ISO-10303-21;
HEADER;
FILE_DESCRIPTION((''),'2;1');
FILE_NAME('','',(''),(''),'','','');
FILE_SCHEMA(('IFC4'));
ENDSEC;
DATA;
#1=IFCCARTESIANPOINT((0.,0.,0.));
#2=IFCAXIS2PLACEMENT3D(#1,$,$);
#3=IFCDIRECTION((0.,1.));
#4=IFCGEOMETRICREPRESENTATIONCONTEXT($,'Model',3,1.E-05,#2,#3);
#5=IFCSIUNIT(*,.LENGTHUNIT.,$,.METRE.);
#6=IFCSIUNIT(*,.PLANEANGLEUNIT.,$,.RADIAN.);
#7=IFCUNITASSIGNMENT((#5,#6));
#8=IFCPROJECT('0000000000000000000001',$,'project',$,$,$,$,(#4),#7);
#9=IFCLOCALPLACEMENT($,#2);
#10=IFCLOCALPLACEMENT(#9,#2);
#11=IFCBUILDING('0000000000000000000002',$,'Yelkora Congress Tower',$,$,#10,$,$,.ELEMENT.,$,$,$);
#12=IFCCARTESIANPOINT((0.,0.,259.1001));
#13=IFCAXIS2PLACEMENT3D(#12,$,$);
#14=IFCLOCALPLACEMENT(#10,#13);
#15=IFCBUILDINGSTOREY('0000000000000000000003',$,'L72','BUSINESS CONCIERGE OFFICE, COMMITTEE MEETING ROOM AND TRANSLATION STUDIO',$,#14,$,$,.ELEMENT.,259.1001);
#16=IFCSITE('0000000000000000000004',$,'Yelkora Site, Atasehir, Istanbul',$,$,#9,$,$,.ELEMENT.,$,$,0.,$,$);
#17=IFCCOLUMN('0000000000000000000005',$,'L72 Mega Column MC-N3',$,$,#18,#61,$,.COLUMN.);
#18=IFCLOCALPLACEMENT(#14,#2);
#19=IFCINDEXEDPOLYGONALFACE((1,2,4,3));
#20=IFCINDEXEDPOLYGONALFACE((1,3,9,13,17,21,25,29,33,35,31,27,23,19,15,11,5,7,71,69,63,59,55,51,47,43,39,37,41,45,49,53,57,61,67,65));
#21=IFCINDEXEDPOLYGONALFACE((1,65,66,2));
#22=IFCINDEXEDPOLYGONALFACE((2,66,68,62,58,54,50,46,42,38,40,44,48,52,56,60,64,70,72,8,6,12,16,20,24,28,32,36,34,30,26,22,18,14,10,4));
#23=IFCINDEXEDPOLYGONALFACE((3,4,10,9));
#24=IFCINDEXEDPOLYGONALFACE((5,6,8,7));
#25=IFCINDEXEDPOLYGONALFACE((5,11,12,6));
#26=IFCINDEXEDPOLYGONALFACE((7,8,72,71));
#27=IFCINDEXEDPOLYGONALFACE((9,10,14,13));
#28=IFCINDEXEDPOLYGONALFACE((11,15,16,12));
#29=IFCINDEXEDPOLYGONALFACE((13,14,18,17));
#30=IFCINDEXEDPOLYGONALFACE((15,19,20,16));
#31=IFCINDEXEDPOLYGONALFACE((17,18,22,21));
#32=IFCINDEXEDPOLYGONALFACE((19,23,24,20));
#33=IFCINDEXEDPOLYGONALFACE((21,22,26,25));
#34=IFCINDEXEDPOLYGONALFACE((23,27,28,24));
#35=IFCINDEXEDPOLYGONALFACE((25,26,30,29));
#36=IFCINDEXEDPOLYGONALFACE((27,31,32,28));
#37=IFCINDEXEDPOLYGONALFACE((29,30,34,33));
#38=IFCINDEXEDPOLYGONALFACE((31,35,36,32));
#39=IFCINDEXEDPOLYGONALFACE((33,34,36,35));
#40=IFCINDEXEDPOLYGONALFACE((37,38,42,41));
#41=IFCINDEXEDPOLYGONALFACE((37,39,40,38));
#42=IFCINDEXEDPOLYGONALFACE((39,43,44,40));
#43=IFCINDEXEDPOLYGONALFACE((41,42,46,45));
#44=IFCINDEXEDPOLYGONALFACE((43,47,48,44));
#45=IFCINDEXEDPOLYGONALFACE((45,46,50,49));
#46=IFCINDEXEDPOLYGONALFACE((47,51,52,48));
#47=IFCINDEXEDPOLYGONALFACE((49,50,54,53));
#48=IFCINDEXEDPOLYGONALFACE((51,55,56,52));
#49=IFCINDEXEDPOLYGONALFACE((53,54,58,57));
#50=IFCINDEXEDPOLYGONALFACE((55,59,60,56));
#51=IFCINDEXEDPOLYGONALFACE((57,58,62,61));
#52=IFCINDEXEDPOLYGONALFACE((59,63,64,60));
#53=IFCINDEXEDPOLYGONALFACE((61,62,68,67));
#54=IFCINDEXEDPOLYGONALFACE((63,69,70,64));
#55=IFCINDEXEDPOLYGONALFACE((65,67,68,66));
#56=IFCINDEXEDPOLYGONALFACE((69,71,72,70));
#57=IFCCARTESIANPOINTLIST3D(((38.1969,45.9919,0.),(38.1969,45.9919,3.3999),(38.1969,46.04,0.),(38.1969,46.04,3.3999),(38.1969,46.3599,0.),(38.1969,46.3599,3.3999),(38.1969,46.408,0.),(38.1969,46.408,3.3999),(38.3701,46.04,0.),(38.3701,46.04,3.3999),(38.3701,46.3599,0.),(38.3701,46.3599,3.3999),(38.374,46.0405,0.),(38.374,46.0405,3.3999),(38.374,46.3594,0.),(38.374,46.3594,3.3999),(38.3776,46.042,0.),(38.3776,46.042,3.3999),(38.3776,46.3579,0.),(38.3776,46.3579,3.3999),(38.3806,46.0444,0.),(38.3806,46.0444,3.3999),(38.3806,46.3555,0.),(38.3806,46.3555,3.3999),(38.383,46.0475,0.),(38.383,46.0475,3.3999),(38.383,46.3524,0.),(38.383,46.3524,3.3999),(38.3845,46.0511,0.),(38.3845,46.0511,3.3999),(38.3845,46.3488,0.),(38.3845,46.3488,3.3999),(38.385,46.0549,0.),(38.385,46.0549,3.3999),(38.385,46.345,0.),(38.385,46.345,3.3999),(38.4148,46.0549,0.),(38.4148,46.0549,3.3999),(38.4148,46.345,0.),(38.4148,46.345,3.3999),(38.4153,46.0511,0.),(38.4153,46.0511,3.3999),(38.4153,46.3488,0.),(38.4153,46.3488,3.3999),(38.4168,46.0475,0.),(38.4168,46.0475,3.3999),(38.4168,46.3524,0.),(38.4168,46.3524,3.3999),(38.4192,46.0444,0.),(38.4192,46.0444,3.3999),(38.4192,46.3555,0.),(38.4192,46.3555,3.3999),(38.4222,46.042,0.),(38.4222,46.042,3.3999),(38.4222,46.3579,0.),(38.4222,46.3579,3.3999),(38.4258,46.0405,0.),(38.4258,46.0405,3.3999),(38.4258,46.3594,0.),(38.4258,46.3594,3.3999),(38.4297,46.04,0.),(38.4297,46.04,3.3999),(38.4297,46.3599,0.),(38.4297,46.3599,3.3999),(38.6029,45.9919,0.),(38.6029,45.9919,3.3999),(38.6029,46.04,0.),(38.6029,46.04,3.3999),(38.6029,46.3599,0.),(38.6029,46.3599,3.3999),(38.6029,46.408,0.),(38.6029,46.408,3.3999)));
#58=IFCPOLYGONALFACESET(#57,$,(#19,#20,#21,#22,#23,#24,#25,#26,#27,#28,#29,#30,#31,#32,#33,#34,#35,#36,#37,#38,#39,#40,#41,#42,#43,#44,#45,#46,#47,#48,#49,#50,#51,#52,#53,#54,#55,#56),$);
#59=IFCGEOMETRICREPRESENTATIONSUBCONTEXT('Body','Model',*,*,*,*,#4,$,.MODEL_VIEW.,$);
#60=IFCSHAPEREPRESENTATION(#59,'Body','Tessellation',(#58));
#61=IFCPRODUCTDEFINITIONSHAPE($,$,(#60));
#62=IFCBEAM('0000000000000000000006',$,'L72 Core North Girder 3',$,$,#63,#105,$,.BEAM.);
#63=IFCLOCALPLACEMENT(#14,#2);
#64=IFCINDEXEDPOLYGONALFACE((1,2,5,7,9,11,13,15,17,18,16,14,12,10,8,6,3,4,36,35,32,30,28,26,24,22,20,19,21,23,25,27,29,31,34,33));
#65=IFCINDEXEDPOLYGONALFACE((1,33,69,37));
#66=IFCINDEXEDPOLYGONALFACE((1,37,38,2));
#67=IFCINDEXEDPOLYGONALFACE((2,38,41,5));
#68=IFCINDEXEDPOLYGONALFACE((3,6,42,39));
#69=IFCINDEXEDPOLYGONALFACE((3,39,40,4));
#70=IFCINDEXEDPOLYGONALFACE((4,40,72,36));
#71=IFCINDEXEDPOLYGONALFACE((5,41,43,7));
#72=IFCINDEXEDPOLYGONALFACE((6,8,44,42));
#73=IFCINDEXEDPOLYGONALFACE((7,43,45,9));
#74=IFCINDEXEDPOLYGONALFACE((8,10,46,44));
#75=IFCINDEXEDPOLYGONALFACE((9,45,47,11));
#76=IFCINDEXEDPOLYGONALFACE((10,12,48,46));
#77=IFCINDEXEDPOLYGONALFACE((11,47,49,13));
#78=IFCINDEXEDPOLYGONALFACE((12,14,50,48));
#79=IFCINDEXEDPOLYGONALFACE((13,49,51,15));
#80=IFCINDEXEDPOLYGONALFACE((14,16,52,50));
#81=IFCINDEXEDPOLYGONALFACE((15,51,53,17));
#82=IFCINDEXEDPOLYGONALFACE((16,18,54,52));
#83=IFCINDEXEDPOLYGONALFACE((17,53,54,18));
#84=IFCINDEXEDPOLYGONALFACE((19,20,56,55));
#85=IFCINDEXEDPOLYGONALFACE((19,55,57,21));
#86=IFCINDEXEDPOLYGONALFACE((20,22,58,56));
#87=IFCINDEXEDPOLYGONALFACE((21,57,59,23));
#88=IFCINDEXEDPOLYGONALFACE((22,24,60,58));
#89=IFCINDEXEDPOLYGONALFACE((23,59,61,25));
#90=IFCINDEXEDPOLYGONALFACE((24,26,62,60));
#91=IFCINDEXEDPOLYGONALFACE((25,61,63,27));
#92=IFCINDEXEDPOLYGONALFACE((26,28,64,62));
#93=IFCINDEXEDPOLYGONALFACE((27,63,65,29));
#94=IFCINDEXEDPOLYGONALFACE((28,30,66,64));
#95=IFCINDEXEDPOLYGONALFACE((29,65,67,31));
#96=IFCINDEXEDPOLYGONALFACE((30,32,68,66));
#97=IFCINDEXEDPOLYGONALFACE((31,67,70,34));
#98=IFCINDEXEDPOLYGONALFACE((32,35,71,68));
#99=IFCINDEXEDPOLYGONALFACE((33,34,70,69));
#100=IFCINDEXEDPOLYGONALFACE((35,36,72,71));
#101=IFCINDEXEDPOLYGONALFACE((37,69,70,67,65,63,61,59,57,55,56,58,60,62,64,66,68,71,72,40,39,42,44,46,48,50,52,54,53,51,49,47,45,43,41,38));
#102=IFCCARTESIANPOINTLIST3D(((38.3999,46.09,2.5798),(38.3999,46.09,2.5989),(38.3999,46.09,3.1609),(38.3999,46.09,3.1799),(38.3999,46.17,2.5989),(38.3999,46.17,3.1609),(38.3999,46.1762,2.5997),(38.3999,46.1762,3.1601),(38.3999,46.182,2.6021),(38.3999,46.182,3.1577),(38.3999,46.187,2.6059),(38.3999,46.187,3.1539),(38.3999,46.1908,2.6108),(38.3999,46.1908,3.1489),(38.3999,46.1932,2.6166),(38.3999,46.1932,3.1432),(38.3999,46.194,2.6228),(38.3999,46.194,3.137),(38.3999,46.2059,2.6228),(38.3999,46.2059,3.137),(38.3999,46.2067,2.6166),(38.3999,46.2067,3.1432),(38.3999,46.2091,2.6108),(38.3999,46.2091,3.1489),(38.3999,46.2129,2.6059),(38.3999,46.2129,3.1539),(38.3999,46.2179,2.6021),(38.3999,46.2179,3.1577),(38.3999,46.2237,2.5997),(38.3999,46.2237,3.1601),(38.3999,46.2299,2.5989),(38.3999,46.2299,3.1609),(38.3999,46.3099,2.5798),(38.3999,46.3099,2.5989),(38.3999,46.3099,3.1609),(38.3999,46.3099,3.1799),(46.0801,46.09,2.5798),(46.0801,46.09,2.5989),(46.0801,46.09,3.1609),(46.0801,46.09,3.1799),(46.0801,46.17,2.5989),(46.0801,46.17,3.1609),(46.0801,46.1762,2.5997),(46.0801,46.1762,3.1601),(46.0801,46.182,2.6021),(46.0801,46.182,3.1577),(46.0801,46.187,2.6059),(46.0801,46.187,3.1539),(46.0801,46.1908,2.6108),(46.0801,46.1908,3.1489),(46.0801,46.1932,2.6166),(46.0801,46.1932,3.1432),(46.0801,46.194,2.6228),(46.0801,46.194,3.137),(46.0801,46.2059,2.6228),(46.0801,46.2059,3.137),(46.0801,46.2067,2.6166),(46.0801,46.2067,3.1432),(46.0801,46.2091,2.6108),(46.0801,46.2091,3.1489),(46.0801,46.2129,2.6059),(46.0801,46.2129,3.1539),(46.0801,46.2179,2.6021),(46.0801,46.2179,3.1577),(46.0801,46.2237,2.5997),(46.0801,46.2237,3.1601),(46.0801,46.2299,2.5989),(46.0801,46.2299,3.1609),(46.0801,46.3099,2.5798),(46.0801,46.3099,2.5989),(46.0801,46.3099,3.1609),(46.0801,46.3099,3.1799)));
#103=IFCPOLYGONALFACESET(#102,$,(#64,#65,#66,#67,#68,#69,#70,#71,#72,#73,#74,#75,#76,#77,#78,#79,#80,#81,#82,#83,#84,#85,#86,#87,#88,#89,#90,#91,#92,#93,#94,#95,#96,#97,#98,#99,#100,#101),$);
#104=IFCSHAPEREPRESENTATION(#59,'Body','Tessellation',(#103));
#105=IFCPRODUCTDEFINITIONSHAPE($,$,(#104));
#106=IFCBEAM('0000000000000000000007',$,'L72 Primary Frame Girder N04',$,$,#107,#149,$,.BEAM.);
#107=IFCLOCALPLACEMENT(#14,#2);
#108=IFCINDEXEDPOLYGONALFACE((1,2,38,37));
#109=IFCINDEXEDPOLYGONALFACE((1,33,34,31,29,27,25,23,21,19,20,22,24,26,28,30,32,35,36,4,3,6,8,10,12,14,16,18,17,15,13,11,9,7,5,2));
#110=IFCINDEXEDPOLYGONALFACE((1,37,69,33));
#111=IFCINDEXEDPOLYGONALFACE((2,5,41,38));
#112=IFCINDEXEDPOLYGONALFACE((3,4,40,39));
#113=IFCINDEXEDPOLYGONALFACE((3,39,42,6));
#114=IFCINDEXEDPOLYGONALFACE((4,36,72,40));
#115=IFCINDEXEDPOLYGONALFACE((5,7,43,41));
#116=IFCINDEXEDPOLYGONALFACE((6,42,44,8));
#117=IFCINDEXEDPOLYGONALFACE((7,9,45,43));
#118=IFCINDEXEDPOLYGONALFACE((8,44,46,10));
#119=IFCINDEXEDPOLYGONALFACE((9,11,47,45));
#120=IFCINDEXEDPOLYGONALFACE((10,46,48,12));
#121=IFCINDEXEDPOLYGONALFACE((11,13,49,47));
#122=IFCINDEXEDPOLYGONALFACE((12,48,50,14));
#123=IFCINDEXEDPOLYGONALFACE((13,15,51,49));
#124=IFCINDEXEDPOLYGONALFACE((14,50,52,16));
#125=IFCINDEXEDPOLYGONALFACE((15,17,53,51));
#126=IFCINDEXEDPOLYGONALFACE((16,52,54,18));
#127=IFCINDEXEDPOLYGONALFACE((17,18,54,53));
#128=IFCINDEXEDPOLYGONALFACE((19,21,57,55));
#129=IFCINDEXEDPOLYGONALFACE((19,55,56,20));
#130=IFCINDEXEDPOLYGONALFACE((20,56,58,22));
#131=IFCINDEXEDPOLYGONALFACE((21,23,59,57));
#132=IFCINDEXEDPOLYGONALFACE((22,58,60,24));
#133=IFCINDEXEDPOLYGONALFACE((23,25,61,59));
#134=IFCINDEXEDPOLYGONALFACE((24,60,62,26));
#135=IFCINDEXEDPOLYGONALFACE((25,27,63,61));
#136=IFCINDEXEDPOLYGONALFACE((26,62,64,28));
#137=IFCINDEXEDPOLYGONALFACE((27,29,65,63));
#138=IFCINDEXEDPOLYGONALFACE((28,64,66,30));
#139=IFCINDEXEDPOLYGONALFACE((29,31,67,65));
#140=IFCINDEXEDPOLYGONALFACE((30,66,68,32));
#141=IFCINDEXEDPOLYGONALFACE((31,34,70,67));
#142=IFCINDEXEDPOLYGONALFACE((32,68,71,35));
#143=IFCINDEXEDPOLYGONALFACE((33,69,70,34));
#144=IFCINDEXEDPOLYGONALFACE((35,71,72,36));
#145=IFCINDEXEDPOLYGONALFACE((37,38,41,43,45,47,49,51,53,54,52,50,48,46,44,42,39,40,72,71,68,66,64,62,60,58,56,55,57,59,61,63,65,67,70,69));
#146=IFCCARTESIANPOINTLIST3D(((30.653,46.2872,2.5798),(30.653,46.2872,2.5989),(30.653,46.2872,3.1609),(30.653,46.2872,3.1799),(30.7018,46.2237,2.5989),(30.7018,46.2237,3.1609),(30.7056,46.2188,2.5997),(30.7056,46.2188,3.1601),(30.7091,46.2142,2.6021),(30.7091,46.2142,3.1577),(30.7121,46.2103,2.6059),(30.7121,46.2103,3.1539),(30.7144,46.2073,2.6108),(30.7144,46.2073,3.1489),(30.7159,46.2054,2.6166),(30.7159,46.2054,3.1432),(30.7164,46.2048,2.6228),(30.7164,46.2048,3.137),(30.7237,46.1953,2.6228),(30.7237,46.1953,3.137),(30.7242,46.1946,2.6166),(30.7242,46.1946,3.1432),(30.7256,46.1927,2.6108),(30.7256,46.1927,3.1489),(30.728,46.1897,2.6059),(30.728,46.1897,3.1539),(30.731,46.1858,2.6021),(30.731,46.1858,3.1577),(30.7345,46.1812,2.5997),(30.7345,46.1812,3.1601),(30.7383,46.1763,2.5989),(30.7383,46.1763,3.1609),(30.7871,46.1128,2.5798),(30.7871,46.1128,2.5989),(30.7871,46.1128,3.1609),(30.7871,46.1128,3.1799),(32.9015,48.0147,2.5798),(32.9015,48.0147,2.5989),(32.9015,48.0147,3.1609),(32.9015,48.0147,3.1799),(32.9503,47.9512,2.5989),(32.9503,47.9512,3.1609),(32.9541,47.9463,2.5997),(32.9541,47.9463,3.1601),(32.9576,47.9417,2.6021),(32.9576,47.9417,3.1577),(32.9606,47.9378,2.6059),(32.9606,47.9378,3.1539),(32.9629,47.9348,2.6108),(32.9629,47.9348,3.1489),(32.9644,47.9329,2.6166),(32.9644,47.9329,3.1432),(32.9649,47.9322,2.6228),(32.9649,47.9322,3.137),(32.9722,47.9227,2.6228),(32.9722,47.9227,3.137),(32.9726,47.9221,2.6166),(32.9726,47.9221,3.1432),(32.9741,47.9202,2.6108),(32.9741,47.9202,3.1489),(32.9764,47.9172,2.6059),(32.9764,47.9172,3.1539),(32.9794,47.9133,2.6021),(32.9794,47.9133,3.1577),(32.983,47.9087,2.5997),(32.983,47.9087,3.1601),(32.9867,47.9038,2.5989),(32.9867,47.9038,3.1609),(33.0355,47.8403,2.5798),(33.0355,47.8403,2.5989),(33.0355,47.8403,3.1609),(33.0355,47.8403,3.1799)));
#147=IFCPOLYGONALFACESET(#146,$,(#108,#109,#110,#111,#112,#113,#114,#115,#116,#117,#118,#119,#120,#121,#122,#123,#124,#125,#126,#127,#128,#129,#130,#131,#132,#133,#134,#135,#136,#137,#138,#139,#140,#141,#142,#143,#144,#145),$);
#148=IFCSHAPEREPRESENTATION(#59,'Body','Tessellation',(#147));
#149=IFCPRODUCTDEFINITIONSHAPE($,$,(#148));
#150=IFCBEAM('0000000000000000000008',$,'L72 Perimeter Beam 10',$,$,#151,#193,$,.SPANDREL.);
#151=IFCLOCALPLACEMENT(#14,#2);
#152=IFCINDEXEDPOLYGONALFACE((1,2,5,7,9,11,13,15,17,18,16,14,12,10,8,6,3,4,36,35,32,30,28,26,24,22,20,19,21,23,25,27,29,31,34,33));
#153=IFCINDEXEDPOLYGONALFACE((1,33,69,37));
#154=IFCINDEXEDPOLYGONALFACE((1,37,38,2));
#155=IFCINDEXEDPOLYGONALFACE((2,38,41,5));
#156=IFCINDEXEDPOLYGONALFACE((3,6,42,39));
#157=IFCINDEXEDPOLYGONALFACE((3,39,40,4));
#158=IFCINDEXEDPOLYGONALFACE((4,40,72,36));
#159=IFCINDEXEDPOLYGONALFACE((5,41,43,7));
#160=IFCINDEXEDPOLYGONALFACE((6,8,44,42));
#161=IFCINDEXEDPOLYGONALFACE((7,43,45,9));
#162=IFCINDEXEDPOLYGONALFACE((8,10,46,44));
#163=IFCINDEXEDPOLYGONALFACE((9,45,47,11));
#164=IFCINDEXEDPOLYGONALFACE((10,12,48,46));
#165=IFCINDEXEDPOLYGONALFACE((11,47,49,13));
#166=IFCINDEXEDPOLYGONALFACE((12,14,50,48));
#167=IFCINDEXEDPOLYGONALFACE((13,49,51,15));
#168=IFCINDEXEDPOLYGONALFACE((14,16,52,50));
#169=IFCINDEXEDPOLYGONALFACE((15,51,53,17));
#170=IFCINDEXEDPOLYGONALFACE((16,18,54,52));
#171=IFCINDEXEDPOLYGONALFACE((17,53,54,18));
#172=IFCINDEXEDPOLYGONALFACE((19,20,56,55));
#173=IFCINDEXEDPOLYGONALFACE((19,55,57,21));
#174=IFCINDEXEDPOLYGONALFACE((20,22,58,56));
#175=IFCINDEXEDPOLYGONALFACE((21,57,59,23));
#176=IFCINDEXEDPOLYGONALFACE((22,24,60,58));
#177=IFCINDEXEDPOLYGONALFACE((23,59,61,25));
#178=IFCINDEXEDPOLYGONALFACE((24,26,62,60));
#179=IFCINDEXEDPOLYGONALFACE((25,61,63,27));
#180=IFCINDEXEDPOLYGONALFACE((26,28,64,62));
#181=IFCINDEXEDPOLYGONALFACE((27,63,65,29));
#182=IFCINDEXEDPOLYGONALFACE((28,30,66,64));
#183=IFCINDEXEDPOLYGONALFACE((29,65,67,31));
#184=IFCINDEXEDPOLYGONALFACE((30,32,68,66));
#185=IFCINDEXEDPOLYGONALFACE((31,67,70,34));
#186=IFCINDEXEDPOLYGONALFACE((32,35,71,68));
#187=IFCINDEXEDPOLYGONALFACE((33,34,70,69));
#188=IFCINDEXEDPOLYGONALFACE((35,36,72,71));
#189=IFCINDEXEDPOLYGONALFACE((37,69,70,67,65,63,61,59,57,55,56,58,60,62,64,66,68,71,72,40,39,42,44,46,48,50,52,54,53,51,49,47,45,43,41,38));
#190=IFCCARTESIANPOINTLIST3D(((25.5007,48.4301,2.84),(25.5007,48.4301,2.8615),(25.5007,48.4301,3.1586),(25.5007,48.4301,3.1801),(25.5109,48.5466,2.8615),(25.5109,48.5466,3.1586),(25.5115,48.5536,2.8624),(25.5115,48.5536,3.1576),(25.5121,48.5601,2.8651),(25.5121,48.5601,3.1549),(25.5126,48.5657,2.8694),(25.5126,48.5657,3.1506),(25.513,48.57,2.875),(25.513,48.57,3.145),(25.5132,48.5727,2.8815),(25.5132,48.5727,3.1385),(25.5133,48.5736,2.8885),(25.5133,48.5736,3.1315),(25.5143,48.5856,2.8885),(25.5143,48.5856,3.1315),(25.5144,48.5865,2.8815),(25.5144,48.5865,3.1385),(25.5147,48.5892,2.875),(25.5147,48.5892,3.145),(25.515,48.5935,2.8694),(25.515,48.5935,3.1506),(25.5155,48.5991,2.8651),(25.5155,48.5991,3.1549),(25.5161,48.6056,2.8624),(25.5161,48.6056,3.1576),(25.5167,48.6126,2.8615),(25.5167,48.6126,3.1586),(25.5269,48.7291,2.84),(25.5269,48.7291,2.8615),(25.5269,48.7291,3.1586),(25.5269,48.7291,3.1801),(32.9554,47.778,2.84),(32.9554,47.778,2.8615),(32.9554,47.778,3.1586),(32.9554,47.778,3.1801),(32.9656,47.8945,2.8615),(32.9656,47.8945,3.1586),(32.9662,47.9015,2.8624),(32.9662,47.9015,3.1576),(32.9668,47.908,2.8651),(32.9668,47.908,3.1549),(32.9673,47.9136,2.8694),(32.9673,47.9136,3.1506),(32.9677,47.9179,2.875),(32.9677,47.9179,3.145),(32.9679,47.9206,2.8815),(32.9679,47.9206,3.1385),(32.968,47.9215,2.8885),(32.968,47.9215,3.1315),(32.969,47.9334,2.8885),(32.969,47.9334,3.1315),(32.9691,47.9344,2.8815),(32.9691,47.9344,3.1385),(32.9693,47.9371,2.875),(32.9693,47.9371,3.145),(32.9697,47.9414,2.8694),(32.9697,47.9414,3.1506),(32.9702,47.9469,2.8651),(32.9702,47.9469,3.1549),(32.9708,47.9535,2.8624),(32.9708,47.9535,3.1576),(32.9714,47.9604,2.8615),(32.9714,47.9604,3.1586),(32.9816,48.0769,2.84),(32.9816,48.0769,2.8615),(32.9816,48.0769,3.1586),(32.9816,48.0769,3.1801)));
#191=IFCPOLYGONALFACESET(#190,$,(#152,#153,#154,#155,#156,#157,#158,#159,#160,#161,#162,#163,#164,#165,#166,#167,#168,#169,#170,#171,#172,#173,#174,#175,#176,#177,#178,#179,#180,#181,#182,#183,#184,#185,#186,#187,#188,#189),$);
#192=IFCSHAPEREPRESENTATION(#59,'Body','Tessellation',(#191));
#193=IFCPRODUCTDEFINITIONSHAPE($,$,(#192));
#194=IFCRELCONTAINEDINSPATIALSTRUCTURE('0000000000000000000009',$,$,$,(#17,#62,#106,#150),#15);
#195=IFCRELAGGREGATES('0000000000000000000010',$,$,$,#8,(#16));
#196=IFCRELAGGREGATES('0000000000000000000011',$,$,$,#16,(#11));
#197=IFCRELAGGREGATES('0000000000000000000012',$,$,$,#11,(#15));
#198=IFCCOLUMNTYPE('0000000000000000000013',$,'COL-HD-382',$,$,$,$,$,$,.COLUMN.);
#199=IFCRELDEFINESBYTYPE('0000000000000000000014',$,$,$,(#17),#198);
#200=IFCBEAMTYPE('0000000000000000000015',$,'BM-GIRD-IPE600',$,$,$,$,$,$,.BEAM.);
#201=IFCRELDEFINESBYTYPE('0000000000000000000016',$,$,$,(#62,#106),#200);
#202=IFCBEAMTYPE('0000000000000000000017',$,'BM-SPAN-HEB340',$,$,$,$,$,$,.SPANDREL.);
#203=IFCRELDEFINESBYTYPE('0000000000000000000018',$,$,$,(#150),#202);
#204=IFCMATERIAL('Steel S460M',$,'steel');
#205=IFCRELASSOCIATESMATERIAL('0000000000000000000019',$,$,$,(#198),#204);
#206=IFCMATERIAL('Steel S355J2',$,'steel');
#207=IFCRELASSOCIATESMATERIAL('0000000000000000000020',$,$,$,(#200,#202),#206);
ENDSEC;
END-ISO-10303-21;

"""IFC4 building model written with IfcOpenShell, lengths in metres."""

from ifc_helpers import new_model, si_unit, direction, frame, origin, origin_2d, place, context, subcontext, project, spatial, i_section, extrude, material, material_profile, profile_set, type_object, element, save


model = new_model("IFC4")

# Units and contexts
model_context = context("Model", 3, precision=1e-05, world=origin(), true_north=direction((0.0, 1.0)))
body_context = subcontext(model_context, "Body", "Model", "MODEL_VIEW")
ifc_project = project(units=[si_unit("LENGTHUNIT", "METRE"), si_unit("PLANEANGLEUNIT", "RADIAN")], contexts=[model_context])

# Site, building, storey
site_placement = place(None, origin())
site = spatial("IfcSite", under=ifc_project, at=site_placement, Name="Yelkora Site, Atasehir, Istanbul", CompositionType="ELEMENT", RefElevation=0.0)
building_placement = place(site_placement, origin())
building = spatial("IfcBuilding", under=site, at=building_placement, Name="Yelkora Congress Tower", CompositionType="ELEMENT")
storey_placement = place(building_placement, frame((0.0, 0.0, 259.1001)))
storey = spatial("IfcBuildingStorey", under=building, at=storey_placement, Name="L72", Description="BUSINESS CONCIERGE OFFICE, COMMITTEE MEETING ROOM AND TRANSLATION STUDIO", CompositionType="ELEMENT", Elevation=259.1001)

# Column
ifc_material_1 = material(Name="Steel S460M", Category="steel")
ifc_material_profile_1 = material_profile(ifc_material_1, i_section(OverallWidth=0.406, OverallDepth=0.416, WebThickness=0.0298, FlangeThickness=0.0481, FilletRadius=0.0149, at=origin_2d()), Name="HD 400x382")
ifc_profile_set_1 = profile_set([ifc_material_profile_1], Name="Steel S460M")
column_type = type_object("IfcColumnType", Name="COL-HD-382", PredefinedType="COLUMN", material=ifc_profile_set_1)
column_placement = place(storey_placement, frame((38.3999, 46.2, 0.0), z_axis=(0.0, 0.0, 1.0), x_axis=(1.0, 0.0, 0.0)))
element("IfcColumn", 1, at=column_placement, inside=storey, type_object=column_type, Name="L72 Mega Column MC-N3", PredefinedType="COLUMN", context=body_context, shape_type="SweptSolid", body=[
    extrude(i_section(OverallWidth=0.406, OverallDepth=0.416, WebThickness=0.0298, FlangeThickness=0.0481, FilletRadius=0.0149, at=origin_2d()), origin(), (0.0, 0.0, 1.0), 3.3999),
])

# Beams
ifc_material_2 = material(Name="Steel S355J2", Category="steel")
ifc_material_profile_2 = material_profile(ifc_material_2, i_section(OverallWidth=0.22, OverallDepth=0.6001, WebThickness=0.012, FlangeThickness=0.019, FilletRadius=0.0239, at=origin_2d()), Name="IPE 600")
ifc_profile_set_2 = profile_set([ifc_material_profile_2], Name="Steel S355J2")
beam_type_1 = type_object("IfcBeamType", Name="BM-GIRD-IPE600", PredefinedType="BEAM", material=ifc_profile_set_2)
beam_1_placement = place(storey_placement, frame((38.3999, 46.2, 2.8799), z_axis=(1.0, 0.0, 0.0), x_axis=(0.0, 1.0, 0.0)))
element("IfcBeam", 2, at=beam_1_placement, inside=storey, type_object=beam_type_1, Name="L72 Core North Girder 3", PredefinedType="BEAM", context=body_context, shape_type="SweptSolid", body=[
    extrude(i_section(OverallWidth=0.22, OverallDepth=0.6001, WebThickness=0.012, FlangeThickness=0.019, FilletRadius=0.0239, at=origin_2d()), origin(), (0.0, 0.0, 1.0), 7.6802),
])
beam_2_placement = place(storey_placement, frame((32.9685, 47.9275, 2.8799), z_axis=(-0.792982, -0.609245, 0.0), x_axis=(0.609245, -0.792982, 0.0)))
element("IfcBeam", 3, at=beam_2_placement, inside=storey, type_object=beam_type_1, Name="L72 Primary Frame Girder N04", PredefinedType="BEAM", context=body_context, shape_type="SweptSolid", body=[
    extrude(i_section(OverallWidth=0.22, OverallDepth=0.6001, WebThickness=0.012, FlangeThickness=0.019, FilletRadius=0.0239, at=origin_2d()), origin(), (0.0, 0.0, 1.0), 2.8354),
])
ifc_material_profile_3 = material_profile(ifc_material_2, i_section(OverallWidth=0.3, OverallDepth=0.3401, WebThickness=0.012, FlangeThickness=0.0215, FilletRadius=0.0271, at=origin_2d()), Name="HEB 340")
ifc_profile_set_3 = profile_set([ifc_material_profile_3], Name="Steel S355J2")
beam_type_2 = type_object("IfcBeamType", Name="BM-SPAN-HEB340", PredefinedType="SPANDREL", material=ifc_profile_set_3)
beam_3_placement = place(storey_placement, frame((32.9685, 47.9275, 3.01), z_axis=(-0.996196, 0.087143, 0.0), x_axis=(-0.087143, -0.996196, 0.0)))
element("IfcBeam", 4, at=beam_3_placement, inside=storey, type_object=beam_type_2, Name="L72 Perimeter Beam 10", PredefinedType="SPANDREL", context=body_context, shape_type="SweptSolid", body=[
    extrude(i_section(OverallWidth=0.3, OverallDepth=0.3401, WebThickness=0.012, FlangeThickness=0.0215, FilletRadius=0.0271, at=origin_2d()), origin(), (0.0, 0.0, 1.0), 7.4832),
])

save(model, "model.ifc")
